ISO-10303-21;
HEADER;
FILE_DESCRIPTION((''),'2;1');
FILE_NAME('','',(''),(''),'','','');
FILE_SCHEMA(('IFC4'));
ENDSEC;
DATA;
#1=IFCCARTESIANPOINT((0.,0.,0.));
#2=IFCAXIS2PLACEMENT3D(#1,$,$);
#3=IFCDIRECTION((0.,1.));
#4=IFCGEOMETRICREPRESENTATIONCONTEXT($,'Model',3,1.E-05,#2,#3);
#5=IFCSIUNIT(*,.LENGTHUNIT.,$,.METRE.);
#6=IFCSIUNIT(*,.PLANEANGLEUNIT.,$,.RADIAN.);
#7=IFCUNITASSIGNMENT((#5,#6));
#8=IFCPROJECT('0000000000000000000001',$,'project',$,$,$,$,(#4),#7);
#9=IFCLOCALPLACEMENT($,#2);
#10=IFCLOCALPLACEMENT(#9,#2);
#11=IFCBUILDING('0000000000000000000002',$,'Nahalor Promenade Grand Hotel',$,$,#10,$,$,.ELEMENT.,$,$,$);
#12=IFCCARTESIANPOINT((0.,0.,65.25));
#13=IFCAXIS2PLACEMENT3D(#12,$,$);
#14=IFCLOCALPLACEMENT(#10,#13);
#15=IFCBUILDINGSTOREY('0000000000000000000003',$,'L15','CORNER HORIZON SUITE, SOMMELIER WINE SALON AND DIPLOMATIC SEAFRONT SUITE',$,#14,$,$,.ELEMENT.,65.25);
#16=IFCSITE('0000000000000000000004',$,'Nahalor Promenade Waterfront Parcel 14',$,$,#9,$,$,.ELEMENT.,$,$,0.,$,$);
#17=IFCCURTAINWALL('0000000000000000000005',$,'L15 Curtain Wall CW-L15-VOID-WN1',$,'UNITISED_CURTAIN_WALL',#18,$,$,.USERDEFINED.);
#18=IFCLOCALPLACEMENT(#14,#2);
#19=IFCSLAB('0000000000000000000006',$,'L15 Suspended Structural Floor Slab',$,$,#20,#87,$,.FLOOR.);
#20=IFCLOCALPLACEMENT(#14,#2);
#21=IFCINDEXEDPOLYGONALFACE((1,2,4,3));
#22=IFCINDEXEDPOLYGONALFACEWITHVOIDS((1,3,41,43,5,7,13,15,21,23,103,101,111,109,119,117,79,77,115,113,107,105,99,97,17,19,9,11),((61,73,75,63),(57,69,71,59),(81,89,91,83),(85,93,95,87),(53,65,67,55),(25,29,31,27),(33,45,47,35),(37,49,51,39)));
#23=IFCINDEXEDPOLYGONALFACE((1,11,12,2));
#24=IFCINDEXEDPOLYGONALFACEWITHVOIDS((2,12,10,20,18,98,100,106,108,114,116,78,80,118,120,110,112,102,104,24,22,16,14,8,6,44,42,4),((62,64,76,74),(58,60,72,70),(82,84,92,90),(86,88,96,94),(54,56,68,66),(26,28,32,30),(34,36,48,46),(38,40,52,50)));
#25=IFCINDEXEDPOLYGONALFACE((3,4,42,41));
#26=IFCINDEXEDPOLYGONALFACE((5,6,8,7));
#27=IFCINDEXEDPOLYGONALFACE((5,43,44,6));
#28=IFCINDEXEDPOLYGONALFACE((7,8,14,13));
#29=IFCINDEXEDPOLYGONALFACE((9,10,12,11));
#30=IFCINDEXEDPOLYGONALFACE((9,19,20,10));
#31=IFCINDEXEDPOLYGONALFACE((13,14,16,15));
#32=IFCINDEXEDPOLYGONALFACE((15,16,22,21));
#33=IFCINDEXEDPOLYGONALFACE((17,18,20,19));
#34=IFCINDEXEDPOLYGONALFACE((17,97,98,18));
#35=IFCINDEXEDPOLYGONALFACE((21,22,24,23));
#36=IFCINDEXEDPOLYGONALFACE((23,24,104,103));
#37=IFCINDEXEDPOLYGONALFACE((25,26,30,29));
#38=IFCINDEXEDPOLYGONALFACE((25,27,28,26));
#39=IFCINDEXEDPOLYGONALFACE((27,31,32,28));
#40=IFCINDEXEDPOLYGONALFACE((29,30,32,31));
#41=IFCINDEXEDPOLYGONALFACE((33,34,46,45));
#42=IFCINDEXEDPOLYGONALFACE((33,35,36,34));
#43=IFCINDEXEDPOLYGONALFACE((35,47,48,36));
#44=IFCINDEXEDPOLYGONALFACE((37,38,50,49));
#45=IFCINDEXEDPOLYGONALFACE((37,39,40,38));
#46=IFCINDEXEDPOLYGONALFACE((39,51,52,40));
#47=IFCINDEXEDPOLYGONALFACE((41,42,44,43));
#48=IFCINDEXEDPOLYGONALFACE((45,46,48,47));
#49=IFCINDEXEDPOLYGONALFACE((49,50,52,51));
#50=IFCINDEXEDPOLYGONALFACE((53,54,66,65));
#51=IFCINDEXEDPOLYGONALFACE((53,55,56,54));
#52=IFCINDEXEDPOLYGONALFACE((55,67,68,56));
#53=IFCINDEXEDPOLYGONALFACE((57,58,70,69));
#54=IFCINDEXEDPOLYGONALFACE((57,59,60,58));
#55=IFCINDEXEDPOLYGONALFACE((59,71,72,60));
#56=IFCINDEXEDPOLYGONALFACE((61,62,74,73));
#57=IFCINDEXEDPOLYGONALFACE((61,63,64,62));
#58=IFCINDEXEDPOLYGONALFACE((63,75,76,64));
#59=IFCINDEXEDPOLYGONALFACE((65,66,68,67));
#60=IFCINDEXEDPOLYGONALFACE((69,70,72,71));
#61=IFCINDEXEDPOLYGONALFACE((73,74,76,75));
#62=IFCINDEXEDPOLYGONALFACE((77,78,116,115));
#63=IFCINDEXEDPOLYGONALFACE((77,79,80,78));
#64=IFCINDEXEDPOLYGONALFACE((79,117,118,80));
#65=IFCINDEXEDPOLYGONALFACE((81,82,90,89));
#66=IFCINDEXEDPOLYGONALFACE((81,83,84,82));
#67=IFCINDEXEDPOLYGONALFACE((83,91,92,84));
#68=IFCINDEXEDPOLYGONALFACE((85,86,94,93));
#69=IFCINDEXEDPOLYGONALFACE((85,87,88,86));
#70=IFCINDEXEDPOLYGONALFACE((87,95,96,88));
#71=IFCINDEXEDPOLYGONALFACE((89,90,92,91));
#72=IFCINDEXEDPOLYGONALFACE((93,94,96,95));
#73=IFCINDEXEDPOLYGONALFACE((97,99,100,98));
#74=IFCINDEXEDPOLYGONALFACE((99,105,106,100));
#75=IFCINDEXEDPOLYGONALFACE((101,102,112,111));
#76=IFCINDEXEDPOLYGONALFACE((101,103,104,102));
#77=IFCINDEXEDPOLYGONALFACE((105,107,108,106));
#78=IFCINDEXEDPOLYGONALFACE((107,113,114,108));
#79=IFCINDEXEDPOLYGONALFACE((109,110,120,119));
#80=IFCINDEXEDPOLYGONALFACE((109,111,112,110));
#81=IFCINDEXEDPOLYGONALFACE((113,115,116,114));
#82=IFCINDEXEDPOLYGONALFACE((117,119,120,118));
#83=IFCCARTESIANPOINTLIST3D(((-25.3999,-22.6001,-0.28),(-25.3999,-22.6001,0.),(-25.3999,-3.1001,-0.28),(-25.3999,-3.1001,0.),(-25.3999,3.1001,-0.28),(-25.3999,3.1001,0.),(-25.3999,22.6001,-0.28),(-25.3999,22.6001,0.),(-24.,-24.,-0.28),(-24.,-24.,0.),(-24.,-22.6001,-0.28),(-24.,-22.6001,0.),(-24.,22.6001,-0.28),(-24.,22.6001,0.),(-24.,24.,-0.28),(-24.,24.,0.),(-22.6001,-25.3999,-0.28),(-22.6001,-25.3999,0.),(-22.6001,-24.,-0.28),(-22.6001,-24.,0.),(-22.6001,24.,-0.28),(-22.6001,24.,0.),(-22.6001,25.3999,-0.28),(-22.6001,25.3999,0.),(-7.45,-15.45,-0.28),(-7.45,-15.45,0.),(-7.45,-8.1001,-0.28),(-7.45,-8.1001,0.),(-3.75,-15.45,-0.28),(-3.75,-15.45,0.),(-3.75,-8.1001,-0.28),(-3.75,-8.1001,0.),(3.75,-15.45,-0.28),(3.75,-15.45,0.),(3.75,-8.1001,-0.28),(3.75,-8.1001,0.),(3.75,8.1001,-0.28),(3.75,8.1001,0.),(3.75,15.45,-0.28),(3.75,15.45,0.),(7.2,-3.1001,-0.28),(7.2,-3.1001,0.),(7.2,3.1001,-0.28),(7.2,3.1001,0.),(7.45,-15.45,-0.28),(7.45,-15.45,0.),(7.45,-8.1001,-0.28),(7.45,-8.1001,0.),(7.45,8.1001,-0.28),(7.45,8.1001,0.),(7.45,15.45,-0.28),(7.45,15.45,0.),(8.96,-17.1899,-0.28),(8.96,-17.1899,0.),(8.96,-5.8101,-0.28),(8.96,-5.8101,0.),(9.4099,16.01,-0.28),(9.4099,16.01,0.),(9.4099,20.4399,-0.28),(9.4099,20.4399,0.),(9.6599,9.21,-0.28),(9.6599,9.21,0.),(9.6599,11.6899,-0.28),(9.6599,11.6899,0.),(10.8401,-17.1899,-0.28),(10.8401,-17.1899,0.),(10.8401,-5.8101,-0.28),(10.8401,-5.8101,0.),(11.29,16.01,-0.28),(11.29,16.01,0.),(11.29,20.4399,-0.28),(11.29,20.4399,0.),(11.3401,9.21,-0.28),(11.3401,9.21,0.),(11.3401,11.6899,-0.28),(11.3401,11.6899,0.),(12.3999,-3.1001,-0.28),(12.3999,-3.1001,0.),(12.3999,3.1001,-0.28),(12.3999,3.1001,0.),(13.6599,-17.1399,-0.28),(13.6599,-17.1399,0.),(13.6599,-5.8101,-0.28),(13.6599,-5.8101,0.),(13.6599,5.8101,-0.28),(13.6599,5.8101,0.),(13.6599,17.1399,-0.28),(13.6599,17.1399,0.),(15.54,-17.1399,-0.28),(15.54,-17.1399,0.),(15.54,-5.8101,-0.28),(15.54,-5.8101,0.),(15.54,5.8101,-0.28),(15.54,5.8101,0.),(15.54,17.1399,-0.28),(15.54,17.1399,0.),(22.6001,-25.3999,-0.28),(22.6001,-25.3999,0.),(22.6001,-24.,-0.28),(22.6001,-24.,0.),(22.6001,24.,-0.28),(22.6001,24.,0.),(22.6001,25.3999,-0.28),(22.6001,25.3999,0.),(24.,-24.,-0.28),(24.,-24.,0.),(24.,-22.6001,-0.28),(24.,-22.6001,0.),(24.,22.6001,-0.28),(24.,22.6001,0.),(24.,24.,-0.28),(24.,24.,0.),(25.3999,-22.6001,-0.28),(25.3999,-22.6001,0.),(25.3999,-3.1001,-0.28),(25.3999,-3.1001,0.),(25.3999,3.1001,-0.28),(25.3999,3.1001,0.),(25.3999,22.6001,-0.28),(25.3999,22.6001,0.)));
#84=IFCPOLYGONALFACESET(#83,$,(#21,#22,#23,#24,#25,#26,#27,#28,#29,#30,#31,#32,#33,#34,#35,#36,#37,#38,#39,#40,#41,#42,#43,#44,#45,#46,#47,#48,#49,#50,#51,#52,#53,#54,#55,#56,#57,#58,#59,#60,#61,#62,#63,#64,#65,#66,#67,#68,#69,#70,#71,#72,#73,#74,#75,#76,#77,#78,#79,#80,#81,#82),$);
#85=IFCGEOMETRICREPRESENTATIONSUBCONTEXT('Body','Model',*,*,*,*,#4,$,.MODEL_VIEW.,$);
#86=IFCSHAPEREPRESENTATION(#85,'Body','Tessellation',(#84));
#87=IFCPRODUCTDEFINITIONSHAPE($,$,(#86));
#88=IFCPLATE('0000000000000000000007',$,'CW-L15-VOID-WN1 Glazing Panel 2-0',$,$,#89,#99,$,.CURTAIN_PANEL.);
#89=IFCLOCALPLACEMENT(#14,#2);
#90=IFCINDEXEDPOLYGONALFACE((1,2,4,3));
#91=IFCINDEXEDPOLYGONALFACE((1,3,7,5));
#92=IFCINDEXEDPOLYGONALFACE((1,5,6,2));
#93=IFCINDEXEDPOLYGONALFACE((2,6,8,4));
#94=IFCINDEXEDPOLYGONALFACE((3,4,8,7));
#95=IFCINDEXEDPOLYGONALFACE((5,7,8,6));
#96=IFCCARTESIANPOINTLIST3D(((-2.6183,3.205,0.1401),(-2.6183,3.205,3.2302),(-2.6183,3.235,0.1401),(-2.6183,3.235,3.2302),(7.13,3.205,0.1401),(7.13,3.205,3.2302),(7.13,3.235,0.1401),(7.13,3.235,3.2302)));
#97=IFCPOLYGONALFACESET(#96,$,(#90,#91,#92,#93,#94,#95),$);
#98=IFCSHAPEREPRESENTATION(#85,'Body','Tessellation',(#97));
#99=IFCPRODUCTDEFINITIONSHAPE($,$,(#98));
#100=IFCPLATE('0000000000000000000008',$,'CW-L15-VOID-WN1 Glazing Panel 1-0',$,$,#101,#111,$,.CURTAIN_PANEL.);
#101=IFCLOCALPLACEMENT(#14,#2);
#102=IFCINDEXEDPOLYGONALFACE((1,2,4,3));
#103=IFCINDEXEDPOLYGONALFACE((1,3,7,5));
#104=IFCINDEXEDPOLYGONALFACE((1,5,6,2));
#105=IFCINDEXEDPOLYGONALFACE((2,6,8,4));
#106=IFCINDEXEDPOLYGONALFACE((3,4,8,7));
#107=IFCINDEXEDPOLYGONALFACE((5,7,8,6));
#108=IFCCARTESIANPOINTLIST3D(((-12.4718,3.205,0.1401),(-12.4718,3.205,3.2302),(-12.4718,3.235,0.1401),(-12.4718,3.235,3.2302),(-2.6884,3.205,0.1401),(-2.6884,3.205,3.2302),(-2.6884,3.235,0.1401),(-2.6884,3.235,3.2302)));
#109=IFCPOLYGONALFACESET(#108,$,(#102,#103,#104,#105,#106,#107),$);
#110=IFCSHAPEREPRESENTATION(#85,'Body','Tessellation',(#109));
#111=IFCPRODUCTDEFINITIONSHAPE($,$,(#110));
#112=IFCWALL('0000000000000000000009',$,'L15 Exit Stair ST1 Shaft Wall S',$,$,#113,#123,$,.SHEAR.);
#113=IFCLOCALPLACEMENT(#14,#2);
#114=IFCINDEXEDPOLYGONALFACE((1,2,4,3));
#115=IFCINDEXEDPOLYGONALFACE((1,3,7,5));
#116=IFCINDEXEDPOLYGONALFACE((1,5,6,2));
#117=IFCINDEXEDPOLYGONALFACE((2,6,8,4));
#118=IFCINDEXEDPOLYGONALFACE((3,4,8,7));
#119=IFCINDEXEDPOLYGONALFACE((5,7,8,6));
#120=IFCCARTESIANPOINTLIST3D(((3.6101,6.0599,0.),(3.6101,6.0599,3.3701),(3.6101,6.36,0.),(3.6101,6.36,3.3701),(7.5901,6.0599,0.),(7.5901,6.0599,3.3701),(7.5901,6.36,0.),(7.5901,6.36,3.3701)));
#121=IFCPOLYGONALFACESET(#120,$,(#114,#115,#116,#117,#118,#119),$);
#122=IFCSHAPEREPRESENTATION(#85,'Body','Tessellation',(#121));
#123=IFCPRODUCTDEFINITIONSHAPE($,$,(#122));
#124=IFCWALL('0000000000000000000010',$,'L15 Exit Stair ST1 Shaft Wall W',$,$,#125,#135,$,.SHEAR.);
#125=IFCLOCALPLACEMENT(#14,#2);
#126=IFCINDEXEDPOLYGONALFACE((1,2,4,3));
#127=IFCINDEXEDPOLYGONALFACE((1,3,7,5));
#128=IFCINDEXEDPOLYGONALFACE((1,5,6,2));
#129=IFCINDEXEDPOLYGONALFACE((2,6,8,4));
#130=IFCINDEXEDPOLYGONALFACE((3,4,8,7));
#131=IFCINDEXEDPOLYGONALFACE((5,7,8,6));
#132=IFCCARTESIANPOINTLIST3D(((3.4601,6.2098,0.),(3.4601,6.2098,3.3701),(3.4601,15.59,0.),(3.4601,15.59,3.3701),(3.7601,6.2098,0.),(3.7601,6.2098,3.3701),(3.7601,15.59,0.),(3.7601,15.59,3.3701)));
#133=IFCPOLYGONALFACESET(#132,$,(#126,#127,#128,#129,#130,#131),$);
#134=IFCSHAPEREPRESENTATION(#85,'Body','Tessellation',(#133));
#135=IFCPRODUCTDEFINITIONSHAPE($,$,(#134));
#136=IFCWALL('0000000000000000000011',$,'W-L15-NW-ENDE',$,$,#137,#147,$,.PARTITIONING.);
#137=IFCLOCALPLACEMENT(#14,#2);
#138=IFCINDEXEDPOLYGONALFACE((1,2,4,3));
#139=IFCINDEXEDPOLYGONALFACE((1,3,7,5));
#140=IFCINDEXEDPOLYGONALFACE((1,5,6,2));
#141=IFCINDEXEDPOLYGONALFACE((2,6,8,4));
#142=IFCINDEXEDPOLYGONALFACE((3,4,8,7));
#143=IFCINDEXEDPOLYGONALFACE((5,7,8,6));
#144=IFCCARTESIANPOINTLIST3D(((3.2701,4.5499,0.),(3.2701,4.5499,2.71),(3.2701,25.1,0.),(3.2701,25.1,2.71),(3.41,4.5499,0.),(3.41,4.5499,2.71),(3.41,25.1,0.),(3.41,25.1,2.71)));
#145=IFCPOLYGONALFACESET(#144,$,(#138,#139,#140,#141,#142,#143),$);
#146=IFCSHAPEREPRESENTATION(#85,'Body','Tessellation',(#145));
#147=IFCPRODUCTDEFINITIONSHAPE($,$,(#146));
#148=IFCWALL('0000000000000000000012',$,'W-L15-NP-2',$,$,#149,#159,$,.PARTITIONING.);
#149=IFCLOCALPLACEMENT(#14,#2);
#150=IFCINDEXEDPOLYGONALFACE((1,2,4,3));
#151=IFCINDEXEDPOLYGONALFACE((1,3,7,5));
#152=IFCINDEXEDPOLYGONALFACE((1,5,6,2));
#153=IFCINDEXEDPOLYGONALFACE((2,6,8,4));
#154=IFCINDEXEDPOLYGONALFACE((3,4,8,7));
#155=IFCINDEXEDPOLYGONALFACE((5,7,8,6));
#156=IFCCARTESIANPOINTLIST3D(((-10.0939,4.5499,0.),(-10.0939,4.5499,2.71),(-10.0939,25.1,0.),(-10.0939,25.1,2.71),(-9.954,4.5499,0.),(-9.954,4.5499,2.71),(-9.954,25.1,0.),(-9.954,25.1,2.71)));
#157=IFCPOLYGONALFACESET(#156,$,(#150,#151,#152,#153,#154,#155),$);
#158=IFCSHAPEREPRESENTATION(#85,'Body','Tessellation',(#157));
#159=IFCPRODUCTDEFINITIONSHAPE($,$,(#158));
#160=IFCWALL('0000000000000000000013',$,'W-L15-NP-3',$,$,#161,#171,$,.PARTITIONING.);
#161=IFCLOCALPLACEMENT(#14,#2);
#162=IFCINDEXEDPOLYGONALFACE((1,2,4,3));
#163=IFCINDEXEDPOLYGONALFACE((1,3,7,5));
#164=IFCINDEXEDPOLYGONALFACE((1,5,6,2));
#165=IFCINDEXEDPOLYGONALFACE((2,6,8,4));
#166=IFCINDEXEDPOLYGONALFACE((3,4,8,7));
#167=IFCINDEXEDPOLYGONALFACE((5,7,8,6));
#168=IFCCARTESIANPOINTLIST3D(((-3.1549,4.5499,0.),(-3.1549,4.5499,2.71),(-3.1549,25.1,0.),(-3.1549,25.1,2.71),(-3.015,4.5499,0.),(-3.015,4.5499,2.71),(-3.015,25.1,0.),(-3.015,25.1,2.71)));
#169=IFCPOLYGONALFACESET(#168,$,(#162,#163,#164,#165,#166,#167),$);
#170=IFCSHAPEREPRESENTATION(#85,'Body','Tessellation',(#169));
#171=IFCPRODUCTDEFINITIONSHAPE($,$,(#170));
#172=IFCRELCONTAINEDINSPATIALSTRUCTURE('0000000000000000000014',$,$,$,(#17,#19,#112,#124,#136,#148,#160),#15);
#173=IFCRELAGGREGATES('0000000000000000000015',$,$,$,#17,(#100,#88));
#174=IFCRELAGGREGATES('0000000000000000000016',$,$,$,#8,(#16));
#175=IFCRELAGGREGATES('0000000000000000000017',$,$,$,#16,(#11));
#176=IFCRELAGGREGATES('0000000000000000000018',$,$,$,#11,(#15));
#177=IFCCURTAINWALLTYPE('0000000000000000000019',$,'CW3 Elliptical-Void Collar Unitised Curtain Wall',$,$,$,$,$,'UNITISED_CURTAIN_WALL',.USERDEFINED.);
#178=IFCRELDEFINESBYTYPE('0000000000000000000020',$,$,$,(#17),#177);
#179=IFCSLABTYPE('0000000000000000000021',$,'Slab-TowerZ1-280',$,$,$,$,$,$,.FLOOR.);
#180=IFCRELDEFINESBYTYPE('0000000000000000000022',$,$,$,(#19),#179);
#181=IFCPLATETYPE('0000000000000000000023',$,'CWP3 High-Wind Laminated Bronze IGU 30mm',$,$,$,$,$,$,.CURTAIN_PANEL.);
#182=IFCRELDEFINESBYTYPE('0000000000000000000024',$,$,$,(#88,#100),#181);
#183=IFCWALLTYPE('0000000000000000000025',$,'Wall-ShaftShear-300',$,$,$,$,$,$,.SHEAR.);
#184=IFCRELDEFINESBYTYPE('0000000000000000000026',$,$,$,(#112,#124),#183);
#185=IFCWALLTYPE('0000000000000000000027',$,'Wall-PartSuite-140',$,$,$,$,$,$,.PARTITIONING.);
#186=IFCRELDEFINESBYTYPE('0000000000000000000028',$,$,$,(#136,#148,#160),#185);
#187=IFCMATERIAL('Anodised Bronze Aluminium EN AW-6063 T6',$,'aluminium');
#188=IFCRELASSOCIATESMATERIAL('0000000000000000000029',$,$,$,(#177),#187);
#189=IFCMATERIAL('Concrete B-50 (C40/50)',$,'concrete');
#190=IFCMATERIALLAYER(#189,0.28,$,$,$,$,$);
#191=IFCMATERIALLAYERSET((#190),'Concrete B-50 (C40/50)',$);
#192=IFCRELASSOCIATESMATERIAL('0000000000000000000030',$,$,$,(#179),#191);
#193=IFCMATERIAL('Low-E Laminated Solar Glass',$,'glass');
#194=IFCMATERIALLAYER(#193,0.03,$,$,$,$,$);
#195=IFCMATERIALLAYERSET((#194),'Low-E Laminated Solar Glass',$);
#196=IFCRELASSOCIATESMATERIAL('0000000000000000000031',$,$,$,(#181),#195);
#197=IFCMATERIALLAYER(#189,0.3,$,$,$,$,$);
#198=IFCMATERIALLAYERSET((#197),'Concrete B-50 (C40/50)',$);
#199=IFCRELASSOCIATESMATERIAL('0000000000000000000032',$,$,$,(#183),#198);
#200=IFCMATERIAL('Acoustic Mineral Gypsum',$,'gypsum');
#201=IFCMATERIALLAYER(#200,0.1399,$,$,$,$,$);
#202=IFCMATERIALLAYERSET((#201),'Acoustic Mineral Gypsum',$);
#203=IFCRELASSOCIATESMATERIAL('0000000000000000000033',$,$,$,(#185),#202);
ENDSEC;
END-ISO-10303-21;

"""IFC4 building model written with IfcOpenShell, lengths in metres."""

from ifc_helpers import new_model, si_unit, direction, frame, frame_2d, origin, origin_2d, place, context, subcontext, project, spatial, polyline, rectangle, outline, extrude, source, transform, mapped, material, layer, layer_set, type_object, element, aggregate, save


model = new_model("IFC4")

# Units and contexts
model_context = context("Model", 3, precision=1e-05, world=origin(), true_north=direction((0.0, 1.0)))
body_context = subcontext(model_context, "Body", "Model", "MODEL_VIEW")
ifc_project = project(units=[si_unit("LENGTHUNIT", "METRE"), si_unit("PLANEANGLEUNIT", "RADIAN")], contexts=[model_context])

# Site, building, storey
site_placement = place(None, origin())
site = spatial("IfcSite", under=ifc_project, at=site_placement, Name="Nahalor Promenade Waterfront Parcel 14", CompositionType="ELEMENT", RefElevation=0.0)
building_placement = place(site_placement, origin())
building = spatial("IfcBuilding", under=site, at=building_placement, Name="Nahalor Promenade Grand Hotel", CompositionType="ELEMENT")
storey_placement = place(building_placement, frame((0.0, 0.0, 65.25)))
storey = spatial("IfcBuildingStorey", under=building, at=storey_placement, Name="L15", Description="CORNER HORIZON SUITE, SOMMELIER WINE SALON AND DIPLOMATIC SEAFRONT SUITE", CompositionType="ELEMENT", Elevation=65.25)

# Curtain wall
ifc_material_1 = material(Name="Anodised Bronze Aluminium EN AW-6063 T6", Category="aluminium")
curtain_wall_type = type_object("IfcCurtainWallType", Name="CW3 Elliptical-Void Collar Unitised Curtain Wall", ElementType="UNITISED_CURTAIN_WALL", PredefinedType="USERDEFINED", material=ifc_material_1)
curtain_wall_placement = place(storey_placement, origin())
curtain_wall = element("IfcCurtainWall", 1, at=curtain_wall_placement, inside=storey, type_object=curtain_wall_type, Name="L15 Curtain Wall CW-L15-VOID-WN1", ObjectType="UNITISED_CURTAIN_WALL", PredefinedType="USERDEFINED")

# Shared definitions
ifc_material_2 = material(Name="Concrete B-50 (C40/50)", Category="concrete")

# Slab
ifc_layer_1 = layer(ifc_material_2, 0.28)
ifc_layer_set_1 = layer_set([ifc_layer_1], Name="Concrete B-50 (C40/50)")
slab_type_1 = type_object("IfcSlabType", Name="Slab-TowerZ1-280", PredefinedType="FLOOR", material=ifc_layer_set_1)
slab_1_placement = place(storey_placement, frame((0.0, 0.0, -0.28)))
element("IfcSlab", 2, at=slab_1_placement, inside=storey, type_object=slab_type_1, Name="L15 Suspended Structural Floor Slab", PredefinedType="FLOOR", context=body_context, shape_type="SweptSolid", body=[
    extrude(outline(polyline([(-22.6001, -25.3999), (22.6001, -25.3999), (22.6001, -24.0), (24.0, -24.0), (24.0, -22.6001), (25.3999, -22.6001), (25.3999, -3.1001), (12.3999, -3.1001), (12.3999, 3.1001), (25.3999, 3.1001), (25.3999, 22.6001), (24.0, 22.6001), (24.0, 24.0), (22.6001, 24.0), (22.6001, 25.3999), (-22.6001, 25.3999), (-22.6001, 24.0), (-24.0, 24.0), (-24.0, 22.6001), (-25.3999, 22.6001), (-25.3999, 3.1001), (7.2, 3.1001), (7.2, -3.1001), (-25.3999, -3.1001), (-25.3999, -22.6001), (-24.0, -22.6001), (-24.0, -24.0), (-22.6001, -24.0), (-22.6001, -25.3999)]), holes=[polyline([(3.75, 8.1001), (7.45, 8.1001), (7.45, 15.45), (3.75, 15.45), (3.75, 8.1001)]), polyline([(3.75, -15.45), (7.45, -15.45), (7.45, -8.1001), (3.75, -8.1001), (3.75, -15.45)]), polyline([(-7.45, -15.45), (-3.75, -15.45), (-3.75, -8.1001), (-7.45, -8.1001), (-7.45, -15.45)]), polyline([(13.6599, 5.8101), (15.54, 5.8101), (15.54, 17.1399), (13.6599, 17.1399), (13.6599, 5.8101)]), polyline([(13.6599, -17.1399), (15.54, -17.1399), (15.54, -5.8101), (13.6599, -5.8101), (13.6599, -17.1399)]), polyline([(8.96, -17.1899), (10.8401, -17.1899), (10.8401, -5.8101), (8.96, -5.8101), (8.96, -17.1899)]), polyline([(9.4099, 16.01), (11.29, 16.01), (11.29, 20.4399), (9.4099, 20.4399), (9.4099, 16.01)]), polyline([(9.6599, 9.21), (11.3401, 9.21), (11.3401, 11.6899), (9.6599, 11.6899), (9.6599, 9.21)])]), origin(), (0.0, 0.0, 1.0), 0.28),
])

# Plates
ifc_material_3 = material(Name="Low-E Laminated Solar Glass", Category="glass")
ifc_layer_2 = layer(ifc_material_3, 0.03)
ifc_layer_set_2 = layer_set([ifc_layer_2], Name="Low-E Laminated Solar Glass")
plate_type = type_object("IfcPlateType", Name="CWP3 High-Wind Laminated Bronze IGU 30mm", PredefinedType="CURTAIN_PANEL", material=ifc_layer_set_2)
shared_shape_1 = source(origin(), body_context, "Body", "SweptSolid", [
    extrude(rectangle(XDim=9.7483, YDim=0.03, at=origin_2d()), origin(), (0.0, 0.0, 1.0), 3.0901),
])
plate_1_placement = place(storey_placement, frame((2.2559, 3.22, 0.1401), z_axis=(0.0, 0.0, 1.0), x_axis=(1.0, 0.0, 0.0)))
plate_1 = element("IfcPlate", 3, at=plate_1_placement, type_object=plate_type, Name="CW-L15-VOID-WN1 Glazing Panel 2-0", PredefinedType="CURTAIN_PANEL", context=body_context, shape_type="MappedRepresentation", body=[
    mapped(shared_shape_1, transform((0.0, 0.0, 0.0), scale=1.0)),
])
shared_shape_2 = source(origin(), body_context, "Body", "SweptSolid", [
    extrude(rectangle(XDim=9.7834, YDim=0.03, at=origin_2d()), origin(), (0.0, 0.0, 1.0), 3.0901),
])
plate_2_placement = place(storey_placement, frame((-7.5801, 3.22, 0.1401), z_axis=(0.0, 0.0, 1.0), x_axis=(1.0, 0.0, 0.0)))
plate_2 = element("IfcPlate", 4, at=plate_2_placement, type_object=plate_type, Name="CW-L15-VOID-WN1 Glazing Panel 1-0", PredefinedType="CURTAIN_PANEL", context=body_context, shape_type="MappedRepresentation", body=[
    mapped(shared_shape_2, transform((0.0, 0.0, 0.0), scale=1.0)),
])
aggregate(curtain_wall, [plate_2, plate_1])

# Walls
ifc_layer_3 = layer(ifc_material_2, 0.3)
ifc_layer_set_3 = layer_set([ifc_layer_3], Name="Concrete B-50 (C40/50)")
wall_type_1 = type_object("IfcWallType", Name="Wall-ShaftShear-300", PredefinedType="SHEAR", material=ifc_layer_set_3)
shared_shape_3 = source(origin(), body_context, "Body", "SweptSolid", [
    extrude(rectangle(XDim=3.98, YDim=0.3, at=frame_2d((1.99, 0.0))), origin(), (0.0, 0.0, 1.0), 3.3701),
])
wall_1_placement = place(storey_placement, frame((3.6101, 6.21, 0.0), z_axis=(0.0, 0.0, 1.0), x_axis=(1.0, 0.0, 0.0)))
element("IfcWall", 5, at=wall_1_placement, inside=storey, type_object=wall_type_1, Name="L15 Exit Stair ST1 Shaft Wall S", PredefinedType="SHEAR", context=body_context, shape_type="MappedRepresentation", body=[
    mapped(shared_shape_3, transform((0.0, 0.0, 0.0), scale=1.0)),
])
shared_shape_4 = source(origin(), body_context, "Body", "SweptSolid", [
    extrude(rectangle(XDim=9.3801, YDim=0.3, at=frame_2d((4.6899, 0.0))), origin(), (0.0, 0.0, 1.0), 3.3701),
])
wall_2_placement = place(storey_placement, frame((3.6101, 6.21, 0.0), z_axis=(0.0, 0.0, 1.0), x_axis=(0.0, 1.0, 0.0)))
element("IfcWall", 6, at=wall_2_placement, inside=storey, type_object=wall_type_1, Name="L15 Exit Stair ST1 Shaft Wall W", PredefinedType="SHEAR", context=body_context, shape_type="MappedRepresentation", body=[
    mapped(shared_shape_4, transform((0.0, 0.0, 0.0), scale=1.0)),
])
ifc_material_4 = material(Name="Acoustic Mineral Gypsum", Category="gypsum")
ifc_layer_4 = layer(ifc_material_4, 0.1399)
ifc_layer_set_4 = layer_set([ifc_layer_4], Name="Acoustic Mineral Gypsum")
wall_type_2 = type_object("IfcWallType", Name="Wall-PartSuite-140", PredefinedType="PARTITIONING", material=ifc_layer_set_4)
shared_shape_5 = source(origin(), body_context, "Body", "SweptSolid", [
    extrude(rectangle(XDim=20.55, YDim=0.1399, at=frame_2d((10.2749, 0.0))), origin(), (0.0, 0.0, 1.0), 2.71),
])
for number, where, z_axis, x_axis, name in (
    (7, (3.3401, 4.55, 0.0), (0.0, 0.0, 1.0), (0.0, 1.0, 0.0), "W-L15-NW-ENDE"),
    (8, (-10.0239, 4.55, 0.0), (0.0, 0.0, 1.0), (0.0, 1.0, 0.0), "W-L15-NP-2"),
    (9, (-3.085, 4.55, 0.0), (0.0, 0.0, 1.0), (0.0, 1.0, 0.0), "W-L15-NP-3"),
):
    element("IfcWall", number, at=place(storey_placement, frame(where, z_axis=z_axis, x_axis=x_axis)), inside=storey, type_object=wall_type_2, Name=name, PredefinedType="PARTITIONING", context=body_context, shape_type="MappedRepresentation", body=[
        mapped(shared_shape_5, transform((0.0, 0.0, 0.0), scale=1.0)),
    ])

save(model, "model.ifc")
